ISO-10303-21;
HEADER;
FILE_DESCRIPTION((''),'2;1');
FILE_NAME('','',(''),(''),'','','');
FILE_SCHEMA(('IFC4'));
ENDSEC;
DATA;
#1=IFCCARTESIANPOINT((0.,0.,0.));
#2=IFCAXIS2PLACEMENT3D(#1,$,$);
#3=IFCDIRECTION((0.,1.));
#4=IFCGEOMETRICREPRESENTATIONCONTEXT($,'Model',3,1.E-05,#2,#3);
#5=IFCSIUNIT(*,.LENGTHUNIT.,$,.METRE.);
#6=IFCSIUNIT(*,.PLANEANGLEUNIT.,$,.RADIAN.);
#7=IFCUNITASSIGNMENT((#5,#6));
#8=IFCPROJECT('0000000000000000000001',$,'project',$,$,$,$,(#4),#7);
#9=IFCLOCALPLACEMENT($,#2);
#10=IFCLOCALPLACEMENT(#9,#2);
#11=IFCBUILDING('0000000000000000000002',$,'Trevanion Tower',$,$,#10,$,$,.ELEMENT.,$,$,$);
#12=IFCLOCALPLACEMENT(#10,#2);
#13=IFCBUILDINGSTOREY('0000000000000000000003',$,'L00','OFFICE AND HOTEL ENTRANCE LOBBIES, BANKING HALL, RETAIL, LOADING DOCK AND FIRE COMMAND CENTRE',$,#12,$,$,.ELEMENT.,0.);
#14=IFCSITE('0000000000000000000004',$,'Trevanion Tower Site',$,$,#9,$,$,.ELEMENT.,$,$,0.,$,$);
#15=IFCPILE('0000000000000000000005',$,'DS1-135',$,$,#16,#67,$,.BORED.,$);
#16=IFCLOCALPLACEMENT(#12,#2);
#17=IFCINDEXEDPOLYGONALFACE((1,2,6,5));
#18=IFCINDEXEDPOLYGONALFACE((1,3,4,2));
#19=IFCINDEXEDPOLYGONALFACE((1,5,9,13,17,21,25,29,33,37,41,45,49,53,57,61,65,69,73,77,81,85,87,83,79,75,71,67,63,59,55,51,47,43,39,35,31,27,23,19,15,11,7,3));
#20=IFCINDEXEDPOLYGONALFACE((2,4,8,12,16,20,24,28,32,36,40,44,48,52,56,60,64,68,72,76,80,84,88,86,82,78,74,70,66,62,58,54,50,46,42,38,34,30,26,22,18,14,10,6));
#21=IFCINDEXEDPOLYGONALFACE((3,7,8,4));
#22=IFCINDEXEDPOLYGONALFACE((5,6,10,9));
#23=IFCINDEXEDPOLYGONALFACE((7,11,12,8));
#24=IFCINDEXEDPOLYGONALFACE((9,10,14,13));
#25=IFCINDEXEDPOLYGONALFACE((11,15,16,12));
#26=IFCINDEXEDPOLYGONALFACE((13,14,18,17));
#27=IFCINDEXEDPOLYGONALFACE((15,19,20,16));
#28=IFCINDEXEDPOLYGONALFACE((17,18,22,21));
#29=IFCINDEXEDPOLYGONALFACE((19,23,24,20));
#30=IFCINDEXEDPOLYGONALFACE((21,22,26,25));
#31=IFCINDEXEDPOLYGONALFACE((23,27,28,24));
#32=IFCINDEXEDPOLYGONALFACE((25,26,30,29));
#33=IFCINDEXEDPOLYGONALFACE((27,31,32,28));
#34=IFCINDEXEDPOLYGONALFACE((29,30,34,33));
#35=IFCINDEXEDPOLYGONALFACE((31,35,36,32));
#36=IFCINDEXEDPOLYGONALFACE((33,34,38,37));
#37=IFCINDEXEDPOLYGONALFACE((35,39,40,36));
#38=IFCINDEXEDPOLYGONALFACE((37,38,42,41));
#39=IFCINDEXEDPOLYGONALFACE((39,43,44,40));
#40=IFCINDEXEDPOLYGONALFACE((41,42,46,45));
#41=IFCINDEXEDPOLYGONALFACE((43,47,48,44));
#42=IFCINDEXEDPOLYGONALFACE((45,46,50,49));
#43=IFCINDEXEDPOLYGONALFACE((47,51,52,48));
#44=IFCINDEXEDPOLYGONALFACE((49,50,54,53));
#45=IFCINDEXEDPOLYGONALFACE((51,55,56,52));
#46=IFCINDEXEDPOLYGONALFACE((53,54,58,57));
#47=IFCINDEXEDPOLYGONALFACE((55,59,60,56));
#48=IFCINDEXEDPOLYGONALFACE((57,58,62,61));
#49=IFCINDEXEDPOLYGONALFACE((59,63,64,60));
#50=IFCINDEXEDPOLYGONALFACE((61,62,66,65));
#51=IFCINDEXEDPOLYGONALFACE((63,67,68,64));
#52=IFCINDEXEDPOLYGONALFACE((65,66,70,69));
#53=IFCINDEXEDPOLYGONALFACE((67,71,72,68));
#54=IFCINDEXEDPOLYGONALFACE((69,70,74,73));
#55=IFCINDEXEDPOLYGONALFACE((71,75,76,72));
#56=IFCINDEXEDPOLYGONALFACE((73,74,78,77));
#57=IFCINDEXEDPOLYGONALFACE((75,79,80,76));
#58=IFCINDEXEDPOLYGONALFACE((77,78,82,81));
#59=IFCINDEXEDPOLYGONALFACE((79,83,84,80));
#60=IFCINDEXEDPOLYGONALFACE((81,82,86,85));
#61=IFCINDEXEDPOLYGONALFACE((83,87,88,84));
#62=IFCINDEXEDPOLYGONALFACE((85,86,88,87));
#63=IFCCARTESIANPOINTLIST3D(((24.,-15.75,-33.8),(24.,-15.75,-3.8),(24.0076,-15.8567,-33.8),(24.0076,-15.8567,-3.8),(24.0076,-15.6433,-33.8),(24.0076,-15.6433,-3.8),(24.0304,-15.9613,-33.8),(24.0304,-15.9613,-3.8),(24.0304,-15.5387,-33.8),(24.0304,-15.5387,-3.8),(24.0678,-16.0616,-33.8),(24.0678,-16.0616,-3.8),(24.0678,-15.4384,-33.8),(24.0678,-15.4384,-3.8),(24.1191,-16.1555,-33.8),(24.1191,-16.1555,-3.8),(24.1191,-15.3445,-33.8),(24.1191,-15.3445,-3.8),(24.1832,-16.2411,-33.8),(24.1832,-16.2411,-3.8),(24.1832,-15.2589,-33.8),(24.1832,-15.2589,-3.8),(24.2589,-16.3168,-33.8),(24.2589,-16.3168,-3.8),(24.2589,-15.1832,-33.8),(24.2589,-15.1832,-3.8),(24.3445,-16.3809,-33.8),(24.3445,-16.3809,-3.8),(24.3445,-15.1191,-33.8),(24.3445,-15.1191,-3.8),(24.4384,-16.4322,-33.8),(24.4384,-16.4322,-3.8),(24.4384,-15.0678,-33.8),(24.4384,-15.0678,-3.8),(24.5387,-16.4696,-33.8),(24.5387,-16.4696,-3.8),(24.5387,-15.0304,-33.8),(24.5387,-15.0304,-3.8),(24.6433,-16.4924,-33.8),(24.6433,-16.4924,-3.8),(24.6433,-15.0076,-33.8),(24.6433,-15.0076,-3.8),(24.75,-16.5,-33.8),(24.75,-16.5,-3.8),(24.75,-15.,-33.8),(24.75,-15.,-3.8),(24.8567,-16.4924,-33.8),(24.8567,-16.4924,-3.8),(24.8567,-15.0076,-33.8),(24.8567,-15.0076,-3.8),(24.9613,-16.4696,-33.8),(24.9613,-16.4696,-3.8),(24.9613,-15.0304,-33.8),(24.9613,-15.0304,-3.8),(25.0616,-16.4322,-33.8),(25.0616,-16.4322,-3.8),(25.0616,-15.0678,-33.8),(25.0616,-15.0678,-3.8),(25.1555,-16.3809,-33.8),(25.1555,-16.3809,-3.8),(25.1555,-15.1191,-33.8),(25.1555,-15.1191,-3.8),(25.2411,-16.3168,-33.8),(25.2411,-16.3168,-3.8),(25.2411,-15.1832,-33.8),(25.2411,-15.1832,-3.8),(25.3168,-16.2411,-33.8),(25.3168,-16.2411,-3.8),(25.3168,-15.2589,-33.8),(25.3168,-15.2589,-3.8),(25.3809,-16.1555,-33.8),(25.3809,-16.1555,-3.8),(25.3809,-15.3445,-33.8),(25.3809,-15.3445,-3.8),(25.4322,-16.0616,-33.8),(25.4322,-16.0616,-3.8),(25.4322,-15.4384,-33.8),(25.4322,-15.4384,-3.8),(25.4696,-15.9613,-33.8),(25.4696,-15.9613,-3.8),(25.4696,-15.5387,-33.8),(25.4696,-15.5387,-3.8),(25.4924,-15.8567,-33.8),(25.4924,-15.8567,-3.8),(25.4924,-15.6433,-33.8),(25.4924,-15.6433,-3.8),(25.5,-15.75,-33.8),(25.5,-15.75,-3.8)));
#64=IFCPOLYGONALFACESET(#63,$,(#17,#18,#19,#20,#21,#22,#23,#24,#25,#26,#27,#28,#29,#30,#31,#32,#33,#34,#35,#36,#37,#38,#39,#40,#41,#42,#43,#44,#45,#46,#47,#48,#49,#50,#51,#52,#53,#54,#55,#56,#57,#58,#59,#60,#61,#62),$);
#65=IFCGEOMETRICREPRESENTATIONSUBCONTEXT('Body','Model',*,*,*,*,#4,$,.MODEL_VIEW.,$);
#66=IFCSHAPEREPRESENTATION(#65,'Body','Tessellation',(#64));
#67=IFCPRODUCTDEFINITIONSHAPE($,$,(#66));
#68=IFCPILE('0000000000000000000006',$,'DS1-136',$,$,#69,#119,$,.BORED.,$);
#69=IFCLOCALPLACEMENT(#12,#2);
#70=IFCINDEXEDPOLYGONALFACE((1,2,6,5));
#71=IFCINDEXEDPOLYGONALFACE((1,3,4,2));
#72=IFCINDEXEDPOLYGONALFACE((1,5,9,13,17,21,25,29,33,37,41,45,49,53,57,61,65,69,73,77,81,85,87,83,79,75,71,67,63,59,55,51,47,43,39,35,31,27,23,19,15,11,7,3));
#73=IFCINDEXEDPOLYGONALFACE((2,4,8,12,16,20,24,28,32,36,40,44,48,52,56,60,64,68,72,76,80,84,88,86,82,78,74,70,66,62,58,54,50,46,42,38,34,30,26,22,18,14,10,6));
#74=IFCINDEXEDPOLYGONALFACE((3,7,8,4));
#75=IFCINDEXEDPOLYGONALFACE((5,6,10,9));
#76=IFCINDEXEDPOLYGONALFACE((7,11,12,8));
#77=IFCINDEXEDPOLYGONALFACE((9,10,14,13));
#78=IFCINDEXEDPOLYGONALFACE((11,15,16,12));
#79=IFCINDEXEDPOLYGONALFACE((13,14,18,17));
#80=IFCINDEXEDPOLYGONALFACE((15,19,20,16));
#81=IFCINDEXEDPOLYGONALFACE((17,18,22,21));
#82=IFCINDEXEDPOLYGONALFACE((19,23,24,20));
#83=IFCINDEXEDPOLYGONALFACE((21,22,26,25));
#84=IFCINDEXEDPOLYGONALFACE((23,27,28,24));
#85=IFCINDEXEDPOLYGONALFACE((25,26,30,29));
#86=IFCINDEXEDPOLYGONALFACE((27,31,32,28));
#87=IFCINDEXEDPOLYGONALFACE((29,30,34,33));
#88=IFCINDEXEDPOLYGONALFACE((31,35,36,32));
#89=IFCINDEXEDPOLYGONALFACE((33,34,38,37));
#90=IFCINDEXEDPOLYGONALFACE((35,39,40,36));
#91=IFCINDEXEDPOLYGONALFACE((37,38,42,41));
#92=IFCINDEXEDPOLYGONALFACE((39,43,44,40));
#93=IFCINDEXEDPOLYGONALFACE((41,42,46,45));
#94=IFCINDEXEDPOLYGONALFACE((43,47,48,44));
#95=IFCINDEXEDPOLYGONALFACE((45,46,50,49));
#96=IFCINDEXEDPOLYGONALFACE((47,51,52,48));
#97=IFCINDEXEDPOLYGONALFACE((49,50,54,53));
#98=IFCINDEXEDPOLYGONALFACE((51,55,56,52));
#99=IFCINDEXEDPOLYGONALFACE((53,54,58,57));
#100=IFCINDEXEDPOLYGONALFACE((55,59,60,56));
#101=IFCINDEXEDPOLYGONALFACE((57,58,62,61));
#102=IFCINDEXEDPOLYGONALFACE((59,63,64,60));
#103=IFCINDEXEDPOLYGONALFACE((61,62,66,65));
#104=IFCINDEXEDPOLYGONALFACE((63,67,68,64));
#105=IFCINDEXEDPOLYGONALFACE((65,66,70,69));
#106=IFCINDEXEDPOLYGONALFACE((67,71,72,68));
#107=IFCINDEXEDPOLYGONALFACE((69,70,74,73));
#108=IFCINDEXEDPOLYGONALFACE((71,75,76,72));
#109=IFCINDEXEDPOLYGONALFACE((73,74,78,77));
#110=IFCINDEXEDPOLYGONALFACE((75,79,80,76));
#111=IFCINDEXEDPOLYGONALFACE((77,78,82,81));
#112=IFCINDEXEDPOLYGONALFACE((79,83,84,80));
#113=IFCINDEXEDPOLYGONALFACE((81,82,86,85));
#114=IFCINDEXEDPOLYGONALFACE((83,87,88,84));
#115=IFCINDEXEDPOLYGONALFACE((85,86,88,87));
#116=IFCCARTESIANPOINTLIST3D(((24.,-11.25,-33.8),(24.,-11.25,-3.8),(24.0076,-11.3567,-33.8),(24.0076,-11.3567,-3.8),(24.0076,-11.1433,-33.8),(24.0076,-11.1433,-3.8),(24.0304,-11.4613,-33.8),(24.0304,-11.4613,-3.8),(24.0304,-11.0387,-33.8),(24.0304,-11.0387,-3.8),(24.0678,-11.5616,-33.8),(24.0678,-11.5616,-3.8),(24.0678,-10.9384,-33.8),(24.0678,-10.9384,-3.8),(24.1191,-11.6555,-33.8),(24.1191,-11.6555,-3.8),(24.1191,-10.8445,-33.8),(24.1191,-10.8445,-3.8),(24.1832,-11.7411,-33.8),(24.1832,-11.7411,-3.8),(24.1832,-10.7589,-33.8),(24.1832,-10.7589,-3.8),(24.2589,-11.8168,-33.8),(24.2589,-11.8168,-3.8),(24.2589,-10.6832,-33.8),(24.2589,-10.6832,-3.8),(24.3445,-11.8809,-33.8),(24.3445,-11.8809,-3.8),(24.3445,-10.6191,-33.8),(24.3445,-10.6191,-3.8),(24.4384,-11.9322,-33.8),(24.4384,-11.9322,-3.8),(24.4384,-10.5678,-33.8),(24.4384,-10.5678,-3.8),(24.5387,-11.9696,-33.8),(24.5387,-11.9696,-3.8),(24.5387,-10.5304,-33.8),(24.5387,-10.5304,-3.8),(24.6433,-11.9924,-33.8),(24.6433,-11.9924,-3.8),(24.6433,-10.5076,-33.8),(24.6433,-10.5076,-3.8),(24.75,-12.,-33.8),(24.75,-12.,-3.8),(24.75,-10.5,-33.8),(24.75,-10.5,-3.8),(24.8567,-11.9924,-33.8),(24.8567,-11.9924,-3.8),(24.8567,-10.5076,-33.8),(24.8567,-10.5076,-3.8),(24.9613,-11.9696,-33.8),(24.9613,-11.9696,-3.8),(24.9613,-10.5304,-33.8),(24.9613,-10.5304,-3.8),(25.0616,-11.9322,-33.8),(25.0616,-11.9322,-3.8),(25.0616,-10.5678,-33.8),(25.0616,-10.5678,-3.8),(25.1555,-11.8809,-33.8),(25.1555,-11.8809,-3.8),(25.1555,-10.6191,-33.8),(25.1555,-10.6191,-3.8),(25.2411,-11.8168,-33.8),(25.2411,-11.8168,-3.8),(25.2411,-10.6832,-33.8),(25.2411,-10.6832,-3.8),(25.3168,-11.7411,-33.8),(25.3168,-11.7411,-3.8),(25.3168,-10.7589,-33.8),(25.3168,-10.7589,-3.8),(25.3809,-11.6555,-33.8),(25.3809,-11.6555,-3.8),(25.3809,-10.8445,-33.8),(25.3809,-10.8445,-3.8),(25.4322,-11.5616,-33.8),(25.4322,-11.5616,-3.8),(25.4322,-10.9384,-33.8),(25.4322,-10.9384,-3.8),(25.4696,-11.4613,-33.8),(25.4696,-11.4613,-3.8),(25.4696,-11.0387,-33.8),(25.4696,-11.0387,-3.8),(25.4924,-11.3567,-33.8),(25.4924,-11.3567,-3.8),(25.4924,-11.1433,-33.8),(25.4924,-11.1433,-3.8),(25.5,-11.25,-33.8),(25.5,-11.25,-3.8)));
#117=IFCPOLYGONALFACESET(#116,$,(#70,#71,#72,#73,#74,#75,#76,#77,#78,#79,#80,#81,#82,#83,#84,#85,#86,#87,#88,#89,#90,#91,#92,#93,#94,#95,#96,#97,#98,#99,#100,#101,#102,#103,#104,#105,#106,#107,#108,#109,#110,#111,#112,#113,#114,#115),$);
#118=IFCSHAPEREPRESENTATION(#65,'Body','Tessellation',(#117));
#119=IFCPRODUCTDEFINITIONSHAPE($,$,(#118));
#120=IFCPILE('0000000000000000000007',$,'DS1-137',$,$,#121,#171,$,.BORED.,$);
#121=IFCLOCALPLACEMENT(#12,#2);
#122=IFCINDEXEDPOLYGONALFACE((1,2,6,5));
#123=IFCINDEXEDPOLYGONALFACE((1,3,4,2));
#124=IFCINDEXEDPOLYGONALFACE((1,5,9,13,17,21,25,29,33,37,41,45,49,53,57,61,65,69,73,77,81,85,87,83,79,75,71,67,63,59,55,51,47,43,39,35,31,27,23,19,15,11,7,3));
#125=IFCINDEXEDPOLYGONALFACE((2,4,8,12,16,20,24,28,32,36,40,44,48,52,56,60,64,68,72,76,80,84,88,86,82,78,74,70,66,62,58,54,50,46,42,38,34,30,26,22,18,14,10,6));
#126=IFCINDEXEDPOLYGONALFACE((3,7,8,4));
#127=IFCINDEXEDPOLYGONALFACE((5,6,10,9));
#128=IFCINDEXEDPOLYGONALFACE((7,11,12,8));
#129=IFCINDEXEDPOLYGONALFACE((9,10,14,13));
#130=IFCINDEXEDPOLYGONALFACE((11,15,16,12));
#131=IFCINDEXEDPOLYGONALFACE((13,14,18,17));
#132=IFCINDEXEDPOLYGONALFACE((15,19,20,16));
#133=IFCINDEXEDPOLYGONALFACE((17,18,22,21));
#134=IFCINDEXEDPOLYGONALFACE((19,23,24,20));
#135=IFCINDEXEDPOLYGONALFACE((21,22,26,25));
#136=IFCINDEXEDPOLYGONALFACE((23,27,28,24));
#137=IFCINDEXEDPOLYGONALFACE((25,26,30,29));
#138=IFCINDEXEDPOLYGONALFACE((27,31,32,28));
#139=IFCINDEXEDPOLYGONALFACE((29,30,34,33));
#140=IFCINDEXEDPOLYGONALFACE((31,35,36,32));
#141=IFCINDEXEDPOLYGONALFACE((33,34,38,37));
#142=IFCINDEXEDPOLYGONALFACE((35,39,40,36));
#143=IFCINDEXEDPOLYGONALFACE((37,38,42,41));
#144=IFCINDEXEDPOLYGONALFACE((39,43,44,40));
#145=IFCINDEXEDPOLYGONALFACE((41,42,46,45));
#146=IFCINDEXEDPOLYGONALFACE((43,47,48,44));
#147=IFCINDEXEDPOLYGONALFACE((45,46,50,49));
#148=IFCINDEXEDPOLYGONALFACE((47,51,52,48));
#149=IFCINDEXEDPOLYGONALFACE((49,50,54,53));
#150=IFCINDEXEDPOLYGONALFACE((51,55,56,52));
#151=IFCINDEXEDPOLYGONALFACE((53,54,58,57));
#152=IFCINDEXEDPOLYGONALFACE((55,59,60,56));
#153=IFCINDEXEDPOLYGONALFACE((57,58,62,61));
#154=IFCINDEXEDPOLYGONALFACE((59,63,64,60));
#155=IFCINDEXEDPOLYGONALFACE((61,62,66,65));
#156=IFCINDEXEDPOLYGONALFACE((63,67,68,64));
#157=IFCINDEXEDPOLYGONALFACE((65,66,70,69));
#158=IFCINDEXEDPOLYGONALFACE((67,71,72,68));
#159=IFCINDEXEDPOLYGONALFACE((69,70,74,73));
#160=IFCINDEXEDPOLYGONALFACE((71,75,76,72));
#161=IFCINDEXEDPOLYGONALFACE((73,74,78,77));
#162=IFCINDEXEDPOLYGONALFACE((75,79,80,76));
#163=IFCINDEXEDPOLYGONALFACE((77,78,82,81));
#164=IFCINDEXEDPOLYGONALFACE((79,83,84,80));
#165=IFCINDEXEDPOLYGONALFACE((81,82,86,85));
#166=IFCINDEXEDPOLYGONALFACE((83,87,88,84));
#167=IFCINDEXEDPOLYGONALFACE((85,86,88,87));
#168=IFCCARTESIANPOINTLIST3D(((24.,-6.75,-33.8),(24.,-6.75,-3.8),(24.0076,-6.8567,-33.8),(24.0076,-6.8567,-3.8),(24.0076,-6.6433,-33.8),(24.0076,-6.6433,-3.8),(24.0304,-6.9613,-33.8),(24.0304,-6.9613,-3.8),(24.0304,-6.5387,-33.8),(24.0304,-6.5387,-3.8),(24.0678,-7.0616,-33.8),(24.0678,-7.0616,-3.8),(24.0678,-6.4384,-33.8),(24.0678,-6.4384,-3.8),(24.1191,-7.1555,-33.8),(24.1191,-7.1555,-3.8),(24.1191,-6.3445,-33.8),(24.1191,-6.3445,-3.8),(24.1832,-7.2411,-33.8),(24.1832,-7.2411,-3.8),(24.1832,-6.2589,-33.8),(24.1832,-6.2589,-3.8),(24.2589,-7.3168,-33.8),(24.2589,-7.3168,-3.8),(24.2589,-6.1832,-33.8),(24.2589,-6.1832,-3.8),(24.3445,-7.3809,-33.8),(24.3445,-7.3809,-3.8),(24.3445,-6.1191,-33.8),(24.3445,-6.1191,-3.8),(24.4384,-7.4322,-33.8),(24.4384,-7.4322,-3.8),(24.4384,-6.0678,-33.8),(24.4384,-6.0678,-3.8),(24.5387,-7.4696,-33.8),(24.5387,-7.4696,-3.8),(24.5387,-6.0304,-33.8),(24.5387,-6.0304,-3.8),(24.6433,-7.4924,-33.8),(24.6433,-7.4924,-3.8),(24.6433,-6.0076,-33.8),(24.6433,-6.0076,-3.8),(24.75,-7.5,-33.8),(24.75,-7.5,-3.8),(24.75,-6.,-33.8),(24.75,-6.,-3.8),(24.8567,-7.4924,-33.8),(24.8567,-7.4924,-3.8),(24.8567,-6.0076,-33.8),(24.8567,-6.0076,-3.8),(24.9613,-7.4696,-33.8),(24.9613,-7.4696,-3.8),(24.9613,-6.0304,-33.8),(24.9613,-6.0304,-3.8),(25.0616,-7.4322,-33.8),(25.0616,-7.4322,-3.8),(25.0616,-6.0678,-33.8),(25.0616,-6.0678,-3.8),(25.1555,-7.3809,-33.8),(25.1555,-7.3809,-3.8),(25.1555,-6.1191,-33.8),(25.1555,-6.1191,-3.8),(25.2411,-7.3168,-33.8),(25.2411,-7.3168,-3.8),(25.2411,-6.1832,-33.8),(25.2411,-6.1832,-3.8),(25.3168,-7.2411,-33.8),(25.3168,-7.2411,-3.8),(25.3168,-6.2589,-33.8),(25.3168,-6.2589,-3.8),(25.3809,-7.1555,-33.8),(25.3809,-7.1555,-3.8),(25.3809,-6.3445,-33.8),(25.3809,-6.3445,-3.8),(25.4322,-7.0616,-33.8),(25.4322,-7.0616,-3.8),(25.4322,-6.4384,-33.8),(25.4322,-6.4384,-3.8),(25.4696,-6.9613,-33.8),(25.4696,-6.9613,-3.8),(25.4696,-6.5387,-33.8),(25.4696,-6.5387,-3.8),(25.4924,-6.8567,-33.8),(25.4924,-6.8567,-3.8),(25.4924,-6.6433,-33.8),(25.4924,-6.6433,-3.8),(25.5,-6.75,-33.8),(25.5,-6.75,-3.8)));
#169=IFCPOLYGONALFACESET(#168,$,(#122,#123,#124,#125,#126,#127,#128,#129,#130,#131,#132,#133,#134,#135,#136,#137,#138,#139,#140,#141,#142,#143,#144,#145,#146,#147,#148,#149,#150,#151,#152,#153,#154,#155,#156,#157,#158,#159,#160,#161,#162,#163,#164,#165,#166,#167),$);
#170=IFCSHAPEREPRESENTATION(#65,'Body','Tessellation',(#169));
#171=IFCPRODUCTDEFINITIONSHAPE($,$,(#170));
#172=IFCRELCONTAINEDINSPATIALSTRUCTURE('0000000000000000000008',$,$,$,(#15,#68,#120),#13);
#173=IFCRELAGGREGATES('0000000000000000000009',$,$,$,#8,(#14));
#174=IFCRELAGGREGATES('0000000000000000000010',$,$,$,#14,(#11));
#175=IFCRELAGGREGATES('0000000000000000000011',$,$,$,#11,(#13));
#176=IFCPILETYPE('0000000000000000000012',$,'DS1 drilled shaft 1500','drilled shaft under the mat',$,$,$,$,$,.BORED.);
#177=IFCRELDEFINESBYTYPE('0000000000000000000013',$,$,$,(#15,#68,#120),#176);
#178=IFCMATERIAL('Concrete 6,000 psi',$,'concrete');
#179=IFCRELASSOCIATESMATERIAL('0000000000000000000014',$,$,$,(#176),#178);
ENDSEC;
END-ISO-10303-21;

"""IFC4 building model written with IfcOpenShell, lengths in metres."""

from ifc_helpers import new_model, si_unit, direction, frame, origin, origin_2d, place, context, subcontext, project, spatial, circle, extrude, material, material_profile, profile_set, type_object, element, save


model = new_model("IFC4")

# Units and contexts
model_context = context("Model", 3, precision=1e-05, world=origin(), true_north=direction((0.0, 1.0)))
body_context = subcontext(model_context, "Body", "Model", "MODEL_VIEW")
ifc_project = project(units=[si_unit("LENGTHUNIT", "METRE"), si_unit("PLANEANGLEUNIT", "RADIAN")], contexts=[model_context])

# Site, building, storey
site_placement = place(None, origin())
site = spatial("IfcSite", under=ifc_project, at=site_placement, Name="Trevanion Tower Site", CompositionType="ELEMENT", RefElevation=0.0)
building_placement = place(site_placement, origin())
building = spatial("IfcBuilding", under=site, at=building_placement, Name="Trevanion Tower", CompositionType="ELEMENT")
storey_placement = place(building_placement, origin())
storey = spatial("IfcBuildingStorey", under=building, at=storey_placement, Name="L00", Description="OFFICE AND HOTEL ENTRANCE LOBBIES, BANKING HALL, RETAIL, LOADING DOCK AND FIRE COMMAND CENTRE", CompositionType="ELEMENT", Elevation=0.0)

# Piles
ifc_material_1 = material(Name="Concrete 6,000 psi", Category="concrete")
ifc_material_profile_1 = material_profile(ifc_material_1, circle(Radius=0.75, at=origin_2d()), Name="DS1 drilled shaft 1500")
ifc_profile_set_1 = profile_set([ifc_material_profile_1], Name="Concrete 6,000 psi")
pile_type_1 = type_object("IfcPileType", Name="DS1 drilled shaft 1500", Description="drilled shaft under the mat", PredefinedType="BORED", material=ifc_profile_set_1)
for number, where, z_axis, x_axis, name in (
    (1, (24.75, -15.75, -3.8), (0.0, 0.0, -1.0), (1.0, 0.0, 0.0), "DS1-135"),
    (2, (24.75, -11.25, -3.8), (0.0, 0.0, -1.0), (1.0, 0.0, 0.0), "DS1-136"),
    (3, (24.75, -6.75, -3.8), (0.0, 0.0, -1.0), (1.0, 0.0, 0.0), "DS1-137"),
):
    element("IfcPile", number, at=place(storey_placement, frame(where, z_axis=z_axis, x_axis=x_axis)), inside=storey, type_object=pile_type_1, Name=name, PredefinedType="BORED", context=body_context, shape_type="SweptSolid", body=[
        extrude(circle(Radius=0.75, at=origin_2d()), origin(), (0.0, 0.0, 1.0), 30.0),
    ])

save(model, "model.ifc")
